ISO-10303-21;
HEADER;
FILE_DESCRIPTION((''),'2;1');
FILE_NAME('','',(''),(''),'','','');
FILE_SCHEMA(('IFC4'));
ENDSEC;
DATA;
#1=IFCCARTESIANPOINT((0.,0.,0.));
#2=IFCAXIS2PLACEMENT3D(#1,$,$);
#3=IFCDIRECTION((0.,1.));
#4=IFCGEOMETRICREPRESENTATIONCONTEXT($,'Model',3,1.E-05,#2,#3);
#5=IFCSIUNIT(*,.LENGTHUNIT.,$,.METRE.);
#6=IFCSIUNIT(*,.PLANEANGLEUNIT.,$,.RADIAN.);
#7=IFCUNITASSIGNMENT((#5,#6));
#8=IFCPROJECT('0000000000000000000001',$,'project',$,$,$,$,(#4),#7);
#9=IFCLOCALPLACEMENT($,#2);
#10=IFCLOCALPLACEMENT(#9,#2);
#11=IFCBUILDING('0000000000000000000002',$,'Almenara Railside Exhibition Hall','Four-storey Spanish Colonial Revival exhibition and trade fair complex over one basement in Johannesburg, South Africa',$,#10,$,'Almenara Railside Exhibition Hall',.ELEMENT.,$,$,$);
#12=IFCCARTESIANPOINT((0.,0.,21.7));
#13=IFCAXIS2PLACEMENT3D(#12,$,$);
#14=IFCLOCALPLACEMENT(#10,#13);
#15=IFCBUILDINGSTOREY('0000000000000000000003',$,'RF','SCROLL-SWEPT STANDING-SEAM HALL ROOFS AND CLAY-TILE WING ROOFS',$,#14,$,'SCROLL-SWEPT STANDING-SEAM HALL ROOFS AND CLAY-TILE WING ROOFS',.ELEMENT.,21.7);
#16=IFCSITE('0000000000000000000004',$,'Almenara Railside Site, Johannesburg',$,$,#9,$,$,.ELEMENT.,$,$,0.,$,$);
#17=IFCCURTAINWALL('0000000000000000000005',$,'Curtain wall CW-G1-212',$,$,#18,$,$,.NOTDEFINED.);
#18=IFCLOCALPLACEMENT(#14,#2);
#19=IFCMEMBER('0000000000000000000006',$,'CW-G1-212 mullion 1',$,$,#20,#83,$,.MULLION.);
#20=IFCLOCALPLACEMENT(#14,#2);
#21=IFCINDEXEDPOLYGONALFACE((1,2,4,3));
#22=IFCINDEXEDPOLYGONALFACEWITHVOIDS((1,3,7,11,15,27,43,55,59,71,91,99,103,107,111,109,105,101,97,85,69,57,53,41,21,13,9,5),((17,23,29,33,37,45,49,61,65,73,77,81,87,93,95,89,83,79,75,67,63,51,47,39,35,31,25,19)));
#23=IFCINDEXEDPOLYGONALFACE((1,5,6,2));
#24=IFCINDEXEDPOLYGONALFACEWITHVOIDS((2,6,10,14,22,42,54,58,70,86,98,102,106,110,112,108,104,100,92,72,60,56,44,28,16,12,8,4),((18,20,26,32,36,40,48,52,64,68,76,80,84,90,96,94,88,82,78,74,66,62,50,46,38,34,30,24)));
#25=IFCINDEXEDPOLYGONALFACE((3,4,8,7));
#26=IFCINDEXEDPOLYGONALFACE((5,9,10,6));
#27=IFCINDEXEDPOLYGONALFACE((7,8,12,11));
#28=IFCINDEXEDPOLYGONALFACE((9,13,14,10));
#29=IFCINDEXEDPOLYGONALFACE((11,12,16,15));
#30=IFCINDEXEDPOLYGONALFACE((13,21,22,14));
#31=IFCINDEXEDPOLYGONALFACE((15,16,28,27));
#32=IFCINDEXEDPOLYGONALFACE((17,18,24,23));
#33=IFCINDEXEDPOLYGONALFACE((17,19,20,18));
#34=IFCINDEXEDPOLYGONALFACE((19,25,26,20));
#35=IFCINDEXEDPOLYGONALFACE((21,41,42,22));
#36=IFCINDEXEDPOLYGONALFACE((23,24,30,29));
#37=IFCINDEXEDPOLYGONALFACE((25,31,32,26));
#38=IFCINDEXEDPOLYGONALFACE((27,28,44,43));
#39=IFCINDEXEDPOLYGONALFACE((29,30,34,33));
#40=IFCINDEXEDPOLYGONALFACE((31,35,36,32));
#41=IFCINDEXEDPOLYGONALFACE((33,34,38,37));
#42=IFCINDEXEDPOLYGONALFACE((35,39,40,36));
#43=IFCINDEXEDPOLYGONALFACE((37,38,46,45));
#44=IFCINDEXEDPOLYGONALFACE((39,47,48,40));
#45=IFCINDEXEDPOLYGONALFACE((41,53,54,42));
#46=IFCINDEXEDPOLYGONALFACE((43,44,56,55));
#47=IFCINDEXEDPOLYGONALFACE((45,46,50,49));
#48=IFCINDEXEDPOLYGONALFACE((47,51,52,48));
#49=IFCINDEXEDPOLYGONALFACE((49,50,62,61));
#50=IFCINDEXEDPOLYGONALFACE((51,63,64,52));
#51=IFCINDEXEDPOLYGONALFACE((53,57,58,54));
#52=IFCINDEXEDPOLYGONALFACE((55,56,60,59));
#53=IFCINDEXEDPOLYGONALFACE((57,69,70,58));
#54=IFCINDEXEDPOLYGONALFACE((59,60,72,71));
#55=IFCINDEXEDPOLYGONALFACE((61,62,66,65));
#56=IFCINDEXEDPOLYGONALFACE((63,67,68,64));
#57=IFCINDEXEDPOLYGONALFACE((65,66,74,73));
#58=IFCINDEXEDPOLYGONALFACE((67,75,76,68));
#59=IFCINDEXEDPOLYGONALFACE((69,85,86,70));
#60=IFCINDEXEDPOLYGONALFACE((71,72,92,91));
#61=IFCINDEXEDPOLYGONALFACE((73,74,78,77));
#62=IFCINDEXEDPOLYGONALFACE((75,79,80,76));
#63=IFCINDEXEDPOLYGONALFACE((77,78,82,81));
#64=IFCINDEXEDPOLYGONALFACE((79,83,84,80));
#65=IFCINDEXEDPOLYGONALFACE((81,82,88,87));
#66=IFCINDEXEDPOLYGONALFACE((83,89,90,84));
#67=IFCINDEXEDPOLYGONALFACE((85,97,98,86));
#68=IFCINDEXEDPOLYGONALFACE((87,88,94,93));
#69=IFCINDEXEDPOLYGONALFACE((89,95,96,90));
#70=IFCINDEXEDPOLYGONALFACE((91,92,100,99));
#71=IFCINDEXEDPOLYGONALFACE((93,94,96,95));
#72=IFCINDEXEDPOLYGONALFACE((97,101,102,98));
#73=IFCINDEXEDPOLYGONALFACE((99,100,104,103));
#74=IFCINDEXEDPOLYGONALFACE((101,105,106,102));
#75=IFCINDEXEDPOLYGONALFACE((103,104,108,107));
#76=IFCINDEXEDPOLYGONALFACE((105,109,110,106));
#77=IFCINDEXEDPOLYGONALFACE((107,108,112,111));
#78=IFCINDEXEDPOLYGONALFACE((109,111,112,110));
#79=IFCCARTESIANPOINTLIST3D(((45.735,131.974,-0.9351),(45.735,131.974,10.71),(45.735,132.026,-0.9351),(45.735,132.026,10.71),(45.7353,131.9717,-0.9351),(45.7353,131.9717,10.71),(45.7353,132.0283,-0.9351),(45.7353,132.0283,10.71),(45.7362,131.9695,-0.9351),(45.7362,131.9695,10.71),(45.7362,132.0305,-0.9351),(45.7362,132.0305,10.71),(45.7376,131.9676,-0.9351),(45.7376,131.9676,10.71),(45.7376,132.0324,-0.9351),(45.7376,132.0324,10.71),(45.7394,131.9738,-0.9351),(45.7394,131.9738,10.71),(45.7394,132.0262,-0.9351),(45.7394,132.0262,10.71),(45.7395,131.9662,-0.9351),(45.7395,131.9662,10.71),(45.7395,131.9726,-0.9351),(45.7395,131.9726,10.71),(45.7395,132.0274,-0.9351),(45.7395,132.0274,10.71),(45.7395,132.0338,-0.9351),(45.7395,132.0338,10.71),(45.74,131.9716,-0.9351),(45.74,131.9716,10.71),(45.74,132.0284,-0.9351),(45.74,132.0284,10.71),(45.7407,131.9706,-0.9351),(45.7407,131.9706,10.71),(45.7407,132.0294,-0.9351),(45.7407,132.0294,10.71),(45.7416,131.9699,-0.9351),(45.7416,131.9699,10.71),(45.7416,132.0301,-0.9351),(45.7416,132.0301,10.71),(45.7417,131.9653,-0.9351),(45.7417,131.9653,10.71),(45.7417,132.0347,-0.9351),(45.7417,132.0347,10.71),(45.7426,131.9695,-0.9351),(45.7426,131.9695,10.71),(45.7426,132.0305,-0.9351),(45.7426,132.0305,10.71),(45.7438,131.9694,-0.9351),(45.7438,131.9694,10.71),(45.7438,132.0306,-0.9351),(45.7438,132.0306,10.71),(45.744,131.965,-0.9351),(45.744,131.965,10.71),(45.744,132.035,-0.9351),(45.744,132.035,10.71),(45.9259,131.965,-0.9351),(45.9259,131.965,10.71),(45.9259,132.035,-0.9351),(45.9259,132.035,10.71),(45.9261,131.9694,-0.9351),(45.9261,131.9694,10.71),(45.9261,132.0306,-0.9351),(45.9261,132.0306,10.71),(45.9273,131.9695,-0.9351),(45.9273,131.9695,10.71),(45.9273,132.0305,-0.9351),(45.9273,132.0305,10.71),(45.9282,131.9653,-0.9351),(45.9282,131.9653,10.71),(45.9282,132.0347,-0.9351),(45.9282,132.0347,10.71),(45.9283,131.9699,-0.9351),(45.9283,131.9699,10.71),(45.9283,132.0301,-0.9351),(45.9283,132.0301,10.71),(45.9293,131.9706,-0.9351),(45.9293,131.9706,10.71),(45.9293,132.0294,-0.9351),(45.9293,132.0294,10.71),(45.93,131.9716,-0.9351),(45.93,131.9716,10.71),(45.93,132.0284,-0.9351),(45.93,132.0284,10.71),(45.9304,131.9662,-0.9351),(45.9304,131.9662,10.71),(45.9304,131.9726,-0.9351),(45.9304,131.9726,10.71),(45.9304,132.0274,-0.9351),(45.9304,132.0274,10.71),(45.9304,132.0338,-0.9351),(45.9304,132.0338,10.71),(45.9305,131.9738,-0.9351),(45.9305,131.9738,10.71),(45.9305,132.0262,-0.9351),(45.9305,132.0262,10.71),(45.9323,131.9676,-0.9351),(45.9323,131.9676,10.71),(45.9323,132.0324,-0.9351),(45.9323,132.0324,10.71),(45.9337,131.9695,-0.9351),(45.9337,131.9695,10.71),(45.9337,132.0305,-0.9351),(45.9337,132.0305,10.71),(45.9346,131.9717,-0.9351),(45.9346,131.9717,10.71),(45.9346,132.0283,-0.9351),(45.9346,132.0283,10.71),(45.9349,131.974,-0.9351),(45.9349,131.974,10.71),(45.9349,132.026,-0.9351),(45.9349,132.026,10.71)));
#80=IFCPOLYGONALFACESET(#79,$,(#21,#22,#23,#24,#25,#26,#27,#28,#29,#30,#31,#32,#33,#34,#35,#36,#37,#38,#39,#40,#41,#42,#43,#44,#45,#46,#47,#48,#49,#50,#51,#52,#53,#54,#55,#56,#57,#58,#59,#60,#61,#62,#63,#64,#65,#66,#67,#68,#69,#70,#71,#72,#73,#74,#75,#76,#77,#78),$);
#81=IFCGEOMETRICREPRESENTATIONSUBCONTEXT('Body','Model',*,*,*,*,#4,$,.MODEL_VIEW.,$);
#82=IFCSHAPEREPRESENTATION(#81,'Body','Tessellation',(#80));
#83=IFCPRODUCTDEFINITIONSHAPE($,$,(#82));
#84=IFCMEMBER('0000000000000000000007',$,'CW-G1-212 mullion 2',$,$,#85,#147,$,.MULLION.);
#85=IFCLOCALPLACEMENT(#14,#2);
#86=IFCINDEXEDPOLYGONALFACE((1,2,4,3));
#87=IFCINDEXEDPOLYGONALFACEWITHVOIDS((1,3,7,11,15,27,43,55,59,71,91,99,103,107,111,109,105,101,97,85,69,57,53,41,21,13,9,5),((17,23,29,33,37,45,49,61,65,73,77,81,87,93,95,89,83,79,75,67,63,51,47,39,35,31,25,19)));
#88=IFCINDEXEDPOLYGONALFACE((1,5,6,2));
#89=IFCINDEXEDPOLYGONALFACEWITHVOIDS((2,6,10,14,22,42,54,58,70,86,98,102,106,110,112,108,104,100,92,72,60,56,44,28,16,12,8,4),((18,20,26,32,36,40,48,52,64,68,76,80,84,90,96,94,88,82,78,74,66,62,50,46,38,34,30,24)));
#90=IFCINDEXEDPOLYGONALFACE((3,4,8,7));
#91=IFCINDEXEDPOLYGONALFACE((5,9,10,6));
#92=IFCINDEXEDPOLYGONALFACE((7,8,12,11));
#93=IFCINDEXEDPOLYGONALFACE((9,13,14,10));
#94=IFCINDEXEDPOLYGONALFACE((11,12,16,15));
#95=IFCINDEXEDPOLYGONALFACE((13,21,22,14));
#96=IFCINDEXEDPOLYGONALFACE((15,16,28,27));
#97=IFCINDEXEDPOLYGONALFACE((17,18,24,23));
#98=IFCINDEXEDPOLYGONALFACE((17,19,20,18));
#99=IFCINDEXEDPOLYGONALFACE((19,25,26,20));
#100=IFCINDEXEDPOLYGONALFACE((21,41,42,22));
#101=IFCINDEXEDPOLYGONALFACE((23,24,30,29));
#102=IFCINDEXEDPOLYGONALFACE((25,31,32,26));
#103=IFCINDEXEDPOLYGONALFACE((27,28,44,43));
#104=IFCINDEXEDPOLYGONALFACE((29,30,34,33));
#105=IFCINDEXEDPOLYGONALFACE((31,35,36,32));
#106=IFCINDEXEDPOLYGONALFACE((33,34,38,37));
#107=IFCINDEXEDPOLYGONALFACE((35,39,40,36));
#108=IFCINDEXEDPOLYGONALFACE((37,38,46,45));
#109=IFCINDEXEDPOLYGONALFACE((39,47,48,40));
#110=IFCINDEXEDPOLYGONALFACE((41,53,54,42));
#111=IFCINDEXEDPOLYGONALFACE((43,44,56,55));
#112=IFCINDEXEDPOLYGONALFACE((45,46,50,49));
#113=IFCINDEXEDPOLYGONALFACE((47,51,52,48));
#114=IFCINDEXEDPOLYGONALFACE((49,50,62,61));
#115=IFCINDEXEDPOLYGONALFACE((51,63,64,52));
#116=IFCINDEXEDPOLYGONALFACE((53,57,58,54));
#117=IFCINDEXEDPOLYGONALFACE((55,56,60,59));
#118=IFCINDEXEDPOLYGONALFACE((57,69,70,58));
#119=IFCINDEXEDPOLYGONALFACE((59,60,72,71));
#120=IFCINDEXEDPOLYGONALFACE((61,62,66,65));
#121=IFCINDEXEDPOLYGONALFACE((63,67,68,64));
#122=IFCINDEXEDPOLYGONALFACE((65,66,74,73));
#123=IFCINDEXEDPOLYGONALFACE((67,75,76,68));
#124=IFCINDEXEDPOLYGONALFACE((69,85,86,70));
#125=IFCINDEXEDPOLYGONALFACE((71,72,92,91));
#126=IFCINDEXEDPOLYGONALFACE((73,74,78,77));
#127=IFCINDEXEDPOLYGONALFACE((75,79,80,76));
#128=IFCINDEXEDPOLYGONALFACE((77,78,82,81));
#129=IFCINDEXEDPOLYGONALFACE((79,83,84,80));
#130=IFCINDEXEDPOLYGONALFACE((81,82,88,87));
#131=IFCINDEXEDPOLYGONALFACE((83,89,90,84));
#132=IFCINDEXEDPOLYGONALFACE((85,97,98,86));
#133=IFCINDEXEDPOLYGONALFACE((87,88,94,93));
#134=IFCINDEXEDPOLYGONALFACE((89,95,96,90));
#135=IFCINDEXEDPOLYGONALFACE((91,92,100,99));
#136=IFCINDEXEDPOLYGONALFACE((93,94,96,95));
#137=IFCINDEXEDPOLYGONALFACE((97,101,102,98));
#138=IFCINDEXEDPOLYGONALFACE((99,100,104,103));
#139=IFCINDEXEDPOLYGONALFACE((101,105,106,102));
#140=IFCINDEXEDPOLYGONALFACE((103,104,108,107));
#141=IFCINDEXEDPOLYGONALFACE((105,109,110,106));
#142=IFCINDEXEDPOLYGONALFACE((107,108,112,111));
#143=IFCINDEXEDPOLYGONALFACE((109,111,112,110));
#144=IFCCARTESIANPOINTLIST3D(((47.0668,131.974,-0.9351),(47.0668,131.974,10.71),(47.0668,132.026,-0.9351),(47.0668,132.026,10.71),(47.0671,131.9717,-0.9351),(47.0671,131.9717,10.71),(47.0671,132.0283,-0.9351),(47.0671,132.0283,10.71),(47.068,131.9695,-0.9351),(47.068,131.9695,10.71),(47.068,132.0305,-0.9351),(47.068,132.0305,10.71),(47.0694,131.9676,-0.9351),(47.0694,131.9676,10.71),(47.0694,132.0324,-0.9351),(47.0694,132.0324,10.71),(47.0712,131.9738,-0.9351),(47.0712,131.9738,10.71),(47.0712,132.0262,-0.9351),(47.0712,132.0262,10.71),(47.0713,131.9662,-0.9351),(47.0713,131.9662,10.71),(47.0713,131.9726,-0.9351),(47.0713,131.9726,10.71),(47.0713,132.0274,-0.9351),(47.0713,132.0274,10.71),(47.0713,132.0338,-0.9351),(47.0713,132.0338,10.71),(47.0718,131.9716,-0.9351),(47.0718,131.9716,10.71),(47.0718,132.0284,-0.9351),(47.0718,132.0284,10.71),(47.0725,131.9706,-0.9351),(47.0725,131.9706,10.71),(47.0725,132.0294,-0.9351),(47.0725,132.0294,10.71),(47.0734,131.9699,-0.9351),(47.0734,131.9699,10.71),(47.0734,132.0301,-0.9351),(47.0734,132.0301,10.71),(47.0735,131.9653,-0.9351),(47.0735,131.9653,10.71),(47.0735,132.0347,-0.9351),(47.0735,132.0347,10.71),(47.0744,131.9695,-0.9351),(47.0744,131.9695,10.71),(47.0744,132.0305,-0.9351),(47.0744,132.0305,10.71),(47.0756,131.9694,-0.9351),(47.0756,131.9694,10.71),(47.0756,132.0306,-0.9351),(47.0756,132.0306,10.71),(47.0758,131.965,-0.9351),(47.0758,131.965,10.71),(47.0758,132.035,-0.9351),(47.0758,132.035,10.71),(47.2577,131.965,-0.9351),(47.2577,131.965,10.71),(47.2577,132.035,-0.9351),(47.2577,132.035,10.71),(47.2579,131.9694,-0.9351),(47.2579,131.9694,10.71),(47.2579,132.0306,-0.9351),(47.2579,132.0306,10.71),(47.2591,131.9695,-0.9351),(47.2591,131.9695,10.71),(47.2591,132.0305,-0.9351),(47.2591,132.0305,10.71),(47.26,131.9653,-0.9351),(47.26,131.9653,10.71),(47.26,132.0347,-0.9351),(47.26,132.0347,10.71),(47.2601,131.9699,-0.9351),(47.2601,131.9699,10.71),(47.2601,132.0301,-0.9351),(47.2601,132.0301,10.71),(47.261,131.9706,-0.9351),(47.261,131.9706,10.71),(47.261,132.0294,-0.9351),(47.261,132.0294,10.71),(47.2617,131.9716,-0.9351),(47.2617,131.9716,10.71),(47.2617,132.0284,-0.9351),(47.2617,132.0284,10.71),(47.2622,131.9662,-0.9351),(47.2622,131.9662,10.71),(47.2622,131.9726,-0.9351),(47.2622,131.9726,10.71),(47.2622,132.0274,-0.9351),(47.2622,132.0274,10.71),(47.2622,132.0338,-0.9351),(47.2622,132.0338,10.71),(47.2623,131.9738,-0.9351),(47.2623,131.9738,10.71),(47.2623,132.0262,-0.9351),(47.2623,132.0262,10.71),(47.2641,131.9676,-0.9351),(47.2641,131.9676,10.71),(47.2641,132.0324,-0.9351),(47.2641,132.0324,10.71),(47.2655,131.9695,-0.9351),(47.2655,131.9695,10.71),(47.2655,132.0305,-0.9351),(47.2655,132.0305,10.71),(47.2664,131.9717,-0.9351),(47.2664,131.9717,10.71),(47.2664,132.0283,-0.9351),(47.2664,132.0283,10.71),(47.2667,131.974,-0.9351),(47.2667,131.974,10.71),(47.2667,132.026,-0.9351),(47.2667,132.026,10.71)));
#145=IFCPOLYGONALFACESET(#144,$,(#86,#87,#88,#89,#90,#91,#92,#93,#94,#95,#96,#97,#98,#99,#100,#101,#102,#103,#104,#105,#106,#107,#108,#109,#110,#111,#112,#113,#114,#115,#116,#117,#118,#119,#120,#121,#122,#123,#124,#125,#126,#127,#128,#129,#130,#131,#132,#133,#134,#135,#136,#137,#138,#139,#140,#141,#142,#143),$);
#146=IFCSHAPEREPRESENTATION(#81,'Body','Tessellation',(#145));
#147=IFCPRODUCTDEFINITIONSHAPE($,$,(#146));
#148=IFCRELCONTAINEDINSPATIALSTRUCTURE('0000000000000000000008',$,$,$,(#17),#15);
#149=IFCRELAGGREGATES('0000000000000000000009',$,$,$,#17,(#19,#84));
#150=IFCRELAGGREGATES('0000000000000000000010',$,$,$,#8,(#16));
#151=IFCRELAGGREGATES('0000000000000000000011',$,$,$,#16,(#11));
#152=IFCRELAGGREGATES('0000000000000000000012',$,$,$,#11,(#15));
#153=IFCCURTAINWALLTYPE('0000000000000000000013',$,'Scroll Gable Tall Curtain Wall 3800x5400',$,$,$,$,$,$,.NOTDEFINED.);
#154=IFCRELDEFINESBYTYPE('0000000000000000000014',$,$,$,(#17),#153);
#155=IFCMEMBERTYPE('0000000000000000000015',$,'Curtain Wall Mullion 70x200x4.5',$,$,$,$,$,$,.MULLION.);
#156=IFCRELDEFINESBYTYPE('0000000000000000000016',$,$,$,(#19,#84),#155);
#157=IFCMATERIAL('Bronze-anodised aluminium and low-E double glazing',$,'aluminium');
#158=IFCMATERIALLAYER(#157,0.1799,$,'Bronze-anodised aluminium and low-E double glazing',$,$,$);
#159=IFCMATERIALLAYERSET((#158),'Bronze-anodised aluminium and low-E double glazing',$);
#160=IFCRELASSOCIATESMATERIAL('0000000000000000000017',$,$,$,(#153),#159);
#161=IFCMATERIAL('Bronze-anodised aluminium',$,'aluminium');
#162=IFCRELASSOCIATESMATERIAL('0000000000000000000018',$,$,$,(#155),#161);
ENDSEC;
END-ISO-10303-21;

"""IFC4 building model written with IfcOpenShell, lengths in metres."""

from ifc_helpers import new_model, si_unit, direction, frame, origin, origin_2d, place, context, subcontext, project, spatial, hollow_rectangle, extrude, material, layer, layer_set, material_profile, profile_set, type_object, element, aggregate, save


model = new_model("IFC4")

# Units and contexts
model_context = context("Model", 3, precision=1e-05, world=origin(), true_north=direction((0.0, 1.0)))
body_context = subcontext(model_context, "Body", "Model", "MODEL_VIEW")
ifc_project = project(units=[si_unit("LENGTHUNIT", "METRE"), si_unit("PLANEANGLEUNIT", "RADIAN")], contexts=[model_context])

# Site, building, storey
site_placement = place(None, origin())
site = spatial("IfcSite", under=ifc_project, at=site_placement, Name="Almenara Railside Site, Johannesburg", CompositionType="ELEMENT", RefElevation=0.0)
building_placement = place(site_placement, origin())
building = spatial("IfcBuilding", under=site, at=building_placement, Name="Almenara Railside Exhibition Hall", Description="Four-storey Spanish Colonial Revival exhibition and trade fair complex over one basement in Johannesburg, South Africa", LongName="Almenara Railside Exhibition Hall", CompositionType="ELEMENT")
storey_placement = place(building_placement, frame((0.0, 0.0, 21.7)))
storey = spatial("IfcBuildingStorey", under=building, at=storey_placement, Name="RF", Description="SCROLL-SWEPT STANDING-SEAM HALL ROOFS AND CLAY-TILE WING ROOFS", LongName="SCROLL-SWEPT STANDING-SEAM HALL ROOFS AND CLAY-TILE WING ROOFS", CompositionType="ELEMENT", Elevation=21.7)

# Shared definitions
ifc_material_1 = material(Name="Bronze-anodised aluminium and low-E double glazing", Category="aluminium")
ifc_layer_1 = layer(ifc_material_1, 0.1799, Name="Bronze-anodised aluminium and low-E double glazing")
ifc_layer_set_1 = layer_set([ifc_layer_1], Name="Bronze-anodised aluminium and low-E double glazing")
curtain_wall_type = type_object("IfcCurtainWallType", Name="Scroll Gable Tall Curtain Wall 3800x5400", PredefinedType="NOTDEFINED", material=ifc_layer_set_1)
ifc_material_2 = material(Name="Bronze-anodised aluminium", Category="aluminium")

# Curtain wall, members
curtain_wall_1_placement = place(storey_placement, origin())
curtain_wall_1 = element("IfcCurtainWall", 1, at=curtain_wall_1_placement, inside=storey, type_object=curtain_wall_type, Name="Curtain wall CW-G1-212", PredefinedType="NOTDEFINED")
ifc_material_profile_1 = material_profile(ifc_material_2, hollow_rectangle(XDim=0.0701, YDim=0.2, WallThickness=0.0044, InnerFilletRadius=0.0044, OuterFilletRadius=0.009, at=origin_2d()), Name="ALU-MUL 70x200x4.5")
ifc_profile_set_1 = profile_set([ifc_material_profile_1], Name="Bronze-anodised aluminium")
member_type_1 = type_object("IfcMemberType", Name="Curtain Wall Mullion 70x200x4.5", PredefinedType="MULLION", material=ifc_profile_set_1)
member_1_placement = place(storey_placement, frame((45.835, 132.0, -0.9351), z_axis=(0.0, 0.0, 1.0), x_axis=(0.0, 1.0, 0.0)))
member_1 = element("IfcMember", 2, at=member_1_placement, type_object=member_type_1, Name="CW-G1-212 mullion 1", PredefinedType="MULLION", context=body_context, shape_type="SweptSolid", body=[
    extrude(hollow_rectangle(XDim=0.0701, YDim=0.2, WallThickness=0.0044, InnerFilletRadius=0.0044, OuterFilletRadius=0.009, at=origin_2d()), origin(), (0.0, 0.0, 1.0), 11.645),
])
member_2_placement = place(storey_placement, frame((47.1667, 132.0, -0.9351), z_axis=(0.0, 0.0, 1.0), x_axis=(0.0, 1.0, 0.0)))
member_2 = element("IfcMember", 3, at=member_2_placement, type_object=member_type_1, Name="CW-G1-212 mullion 2", PredefinedType="MULLION", context=body_context, shape_type="SweptSolid", body=[
    extrude(hollow_rectangle(XDim=0.0701, YDim=0.2, WallThickness=0.0044, InnerFilletRadius=0.0044, OuterFilletRadius=0.009, at=origin_2d()), origin(), (0.0, 0.0, 1.0), 11.645),
])

aggregate(curtain_wall_1, [member_1, member_2])

save(model, "model.ifc")
